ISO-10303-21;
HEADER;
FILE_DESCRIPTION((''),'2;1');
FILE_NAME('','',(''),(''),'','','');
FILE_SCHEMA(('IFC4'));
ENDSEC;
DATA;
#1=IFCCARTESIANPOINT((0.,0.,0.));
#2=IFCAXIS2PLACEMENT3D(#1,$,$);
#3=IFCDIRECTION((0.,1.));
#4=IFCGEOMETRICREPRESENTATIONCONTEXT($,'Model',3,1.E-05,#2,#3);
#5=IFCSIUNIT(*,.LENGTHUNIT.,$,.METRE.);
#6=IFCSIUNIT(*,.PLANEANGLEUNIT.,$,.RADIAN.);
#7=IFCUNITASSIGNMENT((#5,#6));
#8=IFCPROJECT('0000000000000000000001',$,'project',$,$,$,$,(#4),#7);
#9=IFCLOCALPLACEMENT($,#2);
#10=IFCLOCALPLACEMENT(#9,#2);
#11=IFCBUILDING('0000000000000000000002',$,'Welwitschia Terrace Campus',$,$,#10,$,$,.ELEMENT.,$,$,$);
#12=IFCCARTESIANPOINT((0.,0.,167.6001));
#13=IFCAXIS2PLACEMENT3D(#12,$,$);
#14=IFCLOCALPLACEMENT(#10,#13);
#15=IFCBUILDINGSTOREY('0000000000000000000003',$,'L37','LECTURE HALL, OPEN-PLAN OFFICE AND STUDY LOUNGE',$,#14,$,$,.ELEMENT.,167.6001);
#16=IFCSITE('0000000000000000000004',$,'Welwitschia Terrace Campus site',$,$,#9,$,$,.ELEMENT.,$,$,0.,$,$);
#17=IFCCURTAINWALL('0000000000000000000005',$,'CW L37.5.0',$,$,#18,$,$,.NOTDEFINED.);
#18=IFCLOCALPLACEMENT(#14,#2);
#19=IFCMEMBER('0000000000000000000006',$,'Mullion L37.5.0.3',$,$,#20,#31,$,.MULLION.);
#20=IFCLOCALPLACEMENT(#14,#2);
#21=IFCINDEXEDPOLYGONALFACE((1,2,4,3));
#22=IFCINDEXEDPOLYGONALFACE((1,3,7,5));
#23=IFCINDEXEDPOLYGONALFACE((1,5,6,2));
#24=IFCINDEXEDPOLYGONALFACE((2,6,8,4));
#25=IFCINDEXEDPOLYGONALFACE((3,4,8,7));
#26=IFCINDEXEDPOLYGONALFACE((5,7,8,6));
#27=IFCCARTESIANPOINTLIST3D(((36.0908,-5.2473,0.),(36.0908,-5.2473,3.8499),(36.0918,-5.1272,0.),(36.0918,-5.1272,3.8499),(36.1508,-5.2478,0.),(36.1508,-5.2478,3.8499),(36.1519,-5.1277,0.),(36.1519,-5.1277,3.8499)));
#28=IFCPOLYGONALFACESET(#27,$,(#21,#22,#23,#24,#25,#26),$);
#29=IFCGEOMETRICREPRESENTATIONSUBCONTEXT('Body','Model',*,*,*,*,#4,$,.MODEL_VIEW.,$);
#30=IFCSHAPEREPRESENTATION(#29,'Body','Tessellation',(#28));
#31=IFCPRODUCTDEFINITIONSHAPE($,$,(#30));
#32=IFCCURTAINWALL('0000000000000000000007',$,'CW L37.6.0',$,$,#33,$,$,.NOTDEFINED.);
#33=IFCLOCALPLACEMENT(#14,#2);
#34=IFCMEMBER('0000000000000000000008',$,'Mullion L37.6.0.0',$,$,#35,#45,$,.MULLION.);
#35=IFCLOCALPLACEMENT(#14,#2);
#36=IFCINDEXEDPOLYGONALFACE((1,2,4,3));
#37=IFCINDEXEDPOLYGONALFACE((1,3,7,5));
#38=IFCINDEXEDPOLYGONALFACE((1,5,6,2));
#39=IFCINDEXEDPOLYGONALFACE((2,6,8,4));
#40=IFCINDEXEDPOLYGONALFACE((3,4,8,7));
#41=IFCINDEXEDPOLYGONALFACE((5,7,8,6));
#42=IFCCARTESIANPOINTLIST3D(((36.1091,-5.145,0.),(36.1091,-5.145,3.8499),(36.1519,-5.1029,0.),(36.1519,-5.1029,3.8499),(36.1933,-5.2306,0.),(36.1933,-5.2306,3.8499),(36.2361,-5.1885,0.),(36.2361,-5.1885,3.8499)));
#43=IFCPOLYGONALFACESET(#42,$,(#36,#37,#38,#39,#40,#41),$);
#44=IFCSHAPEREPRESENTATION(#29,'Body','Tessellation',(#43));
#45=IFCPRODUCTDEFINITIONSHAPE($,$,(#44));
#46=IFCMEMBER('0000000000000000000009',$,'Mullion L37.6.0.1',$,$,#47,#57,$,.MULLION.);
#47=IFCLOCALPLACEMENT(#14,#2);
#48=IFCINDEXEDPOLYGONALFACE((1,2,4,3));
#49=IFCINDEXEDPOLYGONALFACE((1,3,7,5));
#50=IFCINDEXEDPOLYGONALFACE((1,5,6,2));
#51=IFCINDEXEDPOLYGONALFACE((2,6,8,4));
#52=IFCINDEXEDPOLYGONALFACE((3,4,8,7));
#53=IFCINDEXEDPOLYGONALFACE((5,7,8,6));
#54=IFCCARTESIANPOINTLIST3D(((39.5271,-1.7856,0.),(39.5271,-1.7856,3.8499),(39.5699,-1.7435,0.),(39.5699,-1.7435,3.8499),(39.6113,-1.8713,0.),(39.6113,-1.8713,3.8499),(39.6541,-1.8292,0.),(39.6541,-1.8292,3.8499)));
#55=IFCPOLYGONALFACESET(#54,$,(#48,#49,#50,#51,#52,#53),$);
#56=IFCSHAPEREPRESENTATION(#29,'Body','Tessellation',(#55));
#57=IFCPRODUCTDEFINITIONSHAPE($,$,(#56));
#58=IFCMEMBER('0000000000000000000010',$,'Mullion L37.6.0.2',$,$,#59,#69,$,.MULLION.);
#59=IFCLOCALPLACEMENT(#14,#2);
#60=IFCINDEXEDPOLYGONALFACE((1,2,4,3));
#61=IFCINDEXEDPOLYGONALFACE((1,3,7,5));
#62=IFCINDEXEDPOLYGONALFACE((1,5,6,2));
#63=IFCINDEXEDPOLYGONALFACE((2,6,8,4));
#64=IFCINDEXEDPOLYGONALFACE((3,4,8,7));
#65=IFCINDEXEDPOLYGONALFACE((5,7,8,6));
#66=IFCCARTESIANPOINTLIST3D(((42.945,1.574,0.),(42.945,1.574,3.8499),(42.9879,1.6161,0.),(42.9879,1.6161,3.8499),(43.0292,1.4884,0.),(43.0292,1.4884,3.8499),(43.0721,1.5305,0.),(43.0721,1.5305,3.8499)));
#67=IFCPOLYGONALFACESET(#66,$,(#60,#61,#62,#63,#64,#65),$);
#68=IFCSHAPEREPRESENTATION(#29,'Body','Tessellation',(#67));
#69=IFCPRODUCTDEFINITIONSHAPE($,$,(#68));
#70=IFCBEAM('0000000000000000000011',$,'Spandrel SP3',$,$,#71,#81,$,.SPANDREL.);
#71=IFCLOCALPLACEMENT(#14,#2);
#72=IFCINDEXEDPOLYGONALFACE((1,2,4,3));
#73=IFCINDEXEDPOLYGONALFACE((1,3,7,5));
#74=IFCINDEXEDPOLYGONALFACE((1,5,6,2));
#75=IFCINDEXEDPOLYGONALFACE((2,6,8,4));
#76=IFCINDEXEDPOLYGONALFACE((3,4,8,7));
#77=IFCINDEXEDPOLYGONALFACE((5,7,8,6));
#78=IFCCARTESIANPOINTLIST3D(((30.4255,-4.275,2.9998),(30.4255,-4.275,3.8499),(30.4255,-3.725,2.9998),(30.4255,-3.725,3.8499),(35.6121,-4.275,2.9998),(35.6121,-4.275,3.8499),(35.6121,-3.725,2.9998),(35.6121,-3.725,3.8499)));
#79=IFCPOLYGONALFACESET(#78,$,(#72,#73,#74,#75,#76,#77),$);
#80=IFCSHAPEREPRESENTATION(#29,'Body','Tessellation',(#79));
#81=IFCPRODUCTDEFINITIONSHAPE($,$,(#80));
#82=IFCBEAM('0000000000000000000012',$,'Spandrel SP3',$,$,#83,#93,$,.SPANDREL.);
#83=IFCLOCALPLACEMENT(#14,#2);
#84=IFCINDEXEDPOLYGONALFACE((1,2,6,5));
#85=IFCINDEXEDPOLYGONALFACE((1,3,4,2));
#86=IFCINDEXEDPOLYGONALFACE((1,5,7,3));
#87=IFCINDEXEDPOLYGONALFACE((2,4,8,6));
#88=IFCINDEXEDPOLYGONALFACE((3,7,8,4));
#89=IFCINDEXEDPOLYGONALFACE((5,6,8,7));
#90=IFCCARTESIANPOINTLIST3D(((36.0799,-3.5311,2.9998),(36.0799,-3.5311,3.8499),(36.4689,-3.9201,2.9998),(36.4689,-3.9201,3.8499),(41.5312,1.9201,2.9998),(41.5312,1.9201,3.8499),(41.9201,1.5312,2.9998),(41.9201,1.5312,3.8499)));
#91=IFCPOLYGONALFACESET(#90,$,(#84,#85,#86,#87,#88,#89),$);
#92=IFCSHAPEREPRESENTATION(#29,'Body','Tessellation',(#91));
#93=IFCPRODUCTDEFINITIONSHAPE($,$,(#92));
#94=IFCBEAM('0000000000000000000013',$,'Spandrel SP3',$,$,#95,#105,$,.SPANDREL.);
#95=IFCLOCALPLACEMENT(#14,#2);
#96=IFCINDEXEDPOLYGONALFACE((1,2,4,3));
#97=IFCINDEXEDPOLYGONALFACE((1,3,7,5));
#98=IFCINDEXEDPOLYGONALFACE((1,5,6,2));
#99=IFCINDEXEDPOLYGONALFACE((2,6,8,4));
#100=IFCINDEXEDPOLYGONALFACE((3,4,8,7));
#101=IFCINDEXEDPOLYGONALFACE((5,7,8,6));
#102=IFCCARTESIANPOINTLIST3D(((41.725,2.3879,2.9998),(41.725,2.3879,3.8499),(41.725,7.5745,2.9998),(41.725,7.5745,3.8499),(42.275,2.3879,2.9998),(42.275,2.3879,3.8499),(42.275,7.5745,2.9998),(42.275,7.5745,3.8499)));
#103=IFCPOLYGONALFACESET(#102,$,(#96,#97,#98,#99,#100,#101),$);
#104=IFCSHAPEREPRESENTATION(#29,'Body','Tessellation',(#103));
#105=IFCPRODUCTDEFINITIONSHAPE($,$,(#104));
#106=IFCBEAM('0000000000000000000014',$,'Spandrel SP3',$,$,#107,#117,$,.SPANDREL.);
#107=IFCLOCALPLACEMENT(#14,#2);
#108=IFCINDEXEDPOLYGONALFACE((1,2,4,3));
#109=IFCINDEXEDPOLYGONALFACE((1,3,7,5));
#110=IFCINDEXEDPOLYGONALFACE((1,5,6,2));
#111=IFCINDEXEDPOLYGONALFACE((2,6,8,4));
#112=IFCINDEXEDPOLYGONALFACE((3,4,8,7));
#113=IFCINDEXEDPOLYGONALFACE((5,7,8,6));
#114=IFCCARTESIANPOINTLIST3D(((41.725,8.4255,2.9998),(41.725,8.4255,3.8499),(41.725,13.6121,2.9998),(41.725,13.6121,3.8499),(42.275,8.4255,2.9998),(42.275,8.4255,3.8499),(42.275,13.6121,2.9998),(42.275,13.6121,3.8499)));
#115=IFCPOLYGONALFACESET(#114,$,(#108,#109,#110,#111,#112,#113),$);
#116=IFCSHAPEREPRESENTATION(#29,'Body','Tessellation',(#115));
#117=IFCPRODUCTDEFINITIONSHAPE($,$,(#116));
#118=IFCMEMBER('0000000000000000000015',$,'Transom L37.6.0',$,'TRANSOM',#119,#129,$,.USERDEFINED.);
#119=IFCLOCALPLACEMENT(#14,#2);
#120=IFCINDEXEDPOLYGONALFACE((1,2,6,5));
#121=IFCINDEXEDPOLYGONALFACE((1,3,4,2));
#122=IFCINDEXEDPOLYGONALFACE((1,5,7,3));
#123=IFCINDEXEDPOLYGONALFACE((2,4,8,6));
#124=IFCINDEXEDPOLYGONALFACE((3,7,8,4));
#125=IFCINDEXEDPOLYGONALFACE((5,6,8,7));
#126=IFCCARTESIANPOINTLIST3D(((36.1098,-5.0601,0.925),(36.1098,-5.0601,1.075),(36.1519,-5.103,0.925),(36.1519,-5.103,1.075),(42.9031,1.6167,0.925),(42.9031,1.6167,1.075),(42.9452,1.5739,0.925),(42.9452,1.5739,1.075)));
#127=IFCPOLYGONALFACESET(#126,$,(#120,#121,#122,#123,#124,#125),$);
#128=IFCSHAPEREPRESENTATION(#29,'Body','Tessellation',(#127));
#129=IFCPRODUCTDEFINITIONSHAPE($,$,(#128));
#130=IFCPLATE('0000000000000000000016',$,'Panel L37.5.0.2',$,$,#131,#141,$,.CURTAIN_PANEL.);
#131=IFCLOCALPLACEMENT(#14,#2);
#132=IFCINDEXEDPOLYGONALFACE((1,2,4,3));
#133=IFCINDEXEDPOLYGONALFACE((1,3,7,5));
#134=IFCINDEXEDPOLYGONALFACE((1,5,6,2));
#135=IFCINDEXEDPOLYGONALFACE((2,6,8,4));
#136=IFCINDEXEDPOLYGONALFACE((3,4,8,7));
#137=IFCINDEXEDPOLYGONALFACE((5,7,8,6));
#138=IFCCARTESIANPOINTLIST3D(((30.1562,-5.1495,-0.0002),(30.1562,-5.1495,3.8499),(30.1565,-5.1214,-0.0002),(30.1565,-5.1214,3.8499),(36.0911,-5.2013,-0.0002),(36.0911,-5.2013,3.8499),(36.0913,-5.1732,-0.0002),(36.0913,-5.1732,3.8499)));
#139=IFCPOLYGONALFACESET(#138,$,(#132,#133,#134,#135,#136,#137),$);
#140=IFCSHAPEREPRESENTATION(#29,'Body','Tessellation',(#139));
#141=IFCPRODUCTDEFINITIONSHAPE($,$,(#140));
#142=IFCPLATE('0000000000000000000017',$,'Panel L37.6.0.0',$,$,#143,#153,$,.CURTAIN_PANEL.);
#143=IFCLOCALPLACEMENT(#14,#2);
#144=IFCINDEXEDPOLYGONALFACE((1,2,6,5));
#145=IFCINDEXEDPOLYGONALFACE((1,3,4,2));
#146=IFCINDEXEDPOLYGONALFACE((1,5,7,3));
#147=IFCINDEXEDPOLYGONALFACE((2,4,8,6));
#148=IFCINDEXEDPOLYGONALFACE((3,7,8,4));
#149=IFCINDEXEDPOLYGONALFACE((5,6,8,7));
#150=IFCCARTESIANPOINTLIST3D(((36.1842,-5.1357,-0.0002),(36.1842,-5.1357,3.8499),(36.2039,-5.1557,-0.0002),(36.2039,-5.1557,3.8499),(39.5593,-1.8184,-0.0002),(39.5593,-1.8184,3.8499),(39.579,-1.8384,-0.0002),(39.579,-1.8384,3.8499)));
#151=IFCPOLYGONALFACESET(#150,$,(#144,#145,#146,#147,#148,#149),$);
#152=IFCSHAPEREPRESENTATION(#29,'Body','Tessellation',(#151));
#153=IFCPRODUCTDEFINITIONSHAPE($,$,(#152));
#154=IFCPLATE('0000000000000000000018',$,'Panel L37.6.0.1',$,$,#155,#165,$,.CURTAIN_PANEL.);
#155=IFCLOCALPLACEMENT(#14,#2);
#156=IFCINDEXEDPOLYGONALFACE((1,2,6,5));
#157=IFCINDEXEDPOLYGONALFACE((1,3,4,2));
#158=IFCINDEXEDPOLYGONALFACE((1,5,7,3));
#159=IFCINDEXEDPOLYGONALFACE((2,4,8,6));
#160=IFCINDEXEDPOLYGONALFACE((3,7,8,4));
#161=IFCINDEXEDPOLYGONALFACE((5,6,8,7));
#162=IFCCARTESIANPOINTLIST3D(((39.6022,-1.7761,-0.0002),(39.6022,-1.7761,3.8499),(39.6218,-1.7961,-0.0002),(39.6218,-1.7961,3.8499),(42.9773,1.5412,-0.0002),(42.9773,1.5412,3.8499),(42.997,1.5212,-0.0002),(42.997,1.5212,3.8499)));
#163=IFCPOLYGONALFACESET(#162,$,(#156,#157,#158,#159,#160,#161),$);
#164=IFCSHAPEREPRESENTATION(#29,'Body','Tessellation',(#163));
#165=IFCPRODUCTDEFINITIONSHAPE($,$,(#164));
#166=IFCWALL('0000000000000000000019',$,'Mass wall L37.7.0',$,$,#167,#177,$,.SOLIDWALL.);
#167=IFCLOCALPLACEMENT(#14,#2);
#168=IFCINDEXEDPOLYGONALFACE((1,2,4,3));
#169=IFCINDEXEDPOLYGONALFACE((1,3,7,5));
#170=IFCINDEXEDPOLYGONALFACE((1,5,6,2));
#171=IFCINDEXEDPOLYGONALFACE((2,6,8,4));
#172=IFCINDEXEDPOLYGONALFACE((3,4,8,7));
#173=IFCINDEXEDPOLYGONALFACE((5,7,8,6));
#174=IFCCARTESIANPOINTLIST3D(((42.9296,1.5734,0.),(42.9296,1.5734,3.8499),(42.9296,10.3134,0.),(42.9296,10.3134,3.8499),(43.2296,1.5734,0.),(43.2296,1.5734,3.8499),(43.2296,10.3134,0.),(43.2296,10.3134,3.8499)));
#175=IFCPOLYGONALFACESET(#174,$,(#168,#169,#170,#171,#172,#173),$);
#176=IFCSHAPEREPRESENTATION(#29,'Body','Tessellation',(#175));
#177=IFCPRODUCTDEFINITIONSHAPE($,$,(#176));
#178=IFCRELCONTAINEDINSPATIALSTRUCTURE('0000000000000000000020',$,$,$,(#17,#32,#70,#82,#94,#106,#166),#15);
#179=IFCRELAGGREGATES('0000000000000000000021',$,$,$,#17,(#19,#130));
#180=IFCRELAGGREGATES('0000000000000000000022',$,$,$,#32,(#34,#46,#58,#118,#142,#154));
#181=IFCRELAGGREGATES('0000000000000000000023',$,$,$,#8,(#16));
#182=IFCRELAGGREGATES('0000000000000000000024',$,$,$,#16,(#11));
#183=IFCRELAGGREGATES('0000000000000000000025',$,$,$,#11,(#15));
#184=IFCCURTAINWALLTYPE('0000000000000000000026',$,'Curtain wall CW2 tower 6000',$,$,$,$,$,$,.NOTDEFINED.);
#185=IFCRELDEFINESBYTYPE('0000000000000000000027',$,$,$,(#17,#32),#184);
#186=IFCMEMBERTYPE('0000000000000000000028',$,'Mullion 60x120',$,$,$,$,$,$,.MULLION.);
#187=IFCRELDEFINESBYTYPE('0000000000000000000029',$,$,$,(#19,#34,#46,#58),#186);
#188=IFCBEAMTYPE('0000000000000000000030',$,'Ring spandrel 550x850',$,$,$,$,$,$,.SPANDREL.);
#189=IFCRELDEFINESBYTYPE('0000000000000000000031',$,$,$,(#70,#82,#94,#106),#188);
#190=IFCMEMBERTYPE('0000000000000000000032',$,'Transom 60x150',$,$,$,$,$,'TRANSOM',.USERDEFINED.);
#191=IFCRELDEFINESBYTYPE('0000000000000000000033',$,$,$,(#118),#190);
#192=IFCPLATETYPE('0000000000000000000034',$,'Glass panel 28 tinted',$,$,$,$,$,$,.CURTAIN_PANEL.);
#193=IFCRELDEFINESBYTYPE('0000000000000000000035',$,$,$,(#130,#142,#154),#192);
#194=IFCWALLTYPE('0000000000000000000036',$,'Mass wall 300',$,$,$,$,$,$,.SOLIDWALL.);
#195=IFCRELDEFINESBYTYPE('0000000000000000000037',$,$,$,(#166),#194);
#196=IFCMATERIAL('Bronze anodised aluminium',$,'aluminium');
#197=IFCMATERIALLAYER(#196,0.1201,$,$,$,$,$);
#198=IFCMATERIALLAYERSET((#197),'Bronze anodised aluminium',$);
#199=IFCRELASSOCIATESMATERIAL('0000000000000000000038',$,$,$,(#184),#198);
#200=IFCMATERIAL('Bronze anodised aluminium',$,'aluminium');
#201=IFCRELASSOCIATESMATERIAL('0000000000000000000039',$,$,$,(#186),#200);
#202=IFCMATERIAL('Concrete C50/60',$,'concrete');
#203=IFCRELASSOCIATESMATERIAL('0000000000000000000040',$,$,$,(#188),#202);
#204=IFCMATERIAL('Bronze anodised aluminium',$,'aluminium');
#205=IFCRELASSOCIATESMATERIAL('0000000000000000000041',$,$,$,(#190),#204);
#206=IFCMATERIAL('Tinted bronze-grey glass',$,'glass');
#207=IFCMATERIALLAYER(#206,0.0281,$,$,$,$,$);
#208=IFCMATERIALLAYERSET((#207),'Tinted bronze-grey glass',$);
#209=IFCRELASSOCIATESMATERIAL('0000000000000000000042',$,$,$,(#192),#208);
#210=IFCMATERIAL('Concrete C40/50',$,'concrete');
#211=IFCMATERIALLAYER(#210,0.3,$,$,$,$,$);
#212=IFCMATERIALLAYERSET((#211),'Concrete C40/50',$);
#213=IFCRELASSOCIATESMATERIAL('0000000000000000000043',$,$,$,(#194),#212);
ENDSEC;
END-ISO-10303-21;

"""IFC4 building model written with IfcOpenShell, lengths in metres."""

from ifc_helpers import new_model, si_unit, direction, frame, frame_2d, origin, origin_2d, place, context, subcontext, project, spatial, rectangle, extrude, material, layer, layer_set, material_profile, profile_set, type_object, element, aggregate, save


model = new_model("IFC4")

# Units and contexts
model_context = context("Model", 3, precision=1e-05, world=origin(), true_north=direction((0.0, 1.0)))
body_context = subcontext(model_context, "Body", "Model", "MODEL_VIEW")
ifc_project = project(units=[si_unit("LENGTHUNIT", "METRE"), si_unit("PLANEANGLEUNIT", "RADIAN")], contexts=[model_context])

# Site, building, storey
site_placement = place(None, origin())
site = spatial("IfcSite", under=ifc_project, at=site_placement, Name="Welwitschia Terrace Campus site", CompositionType="ELEMENT", RefElevation=0.0)
building_placement = place(site_placement, origin())
building = spatial("IfcBuilding", under=site, at=building_placement, Name="Welwitschia Terrace Campus", CompositionType="ELEMENT")
storey_placement = place(building_placement, frame((0.0, 0.0, 167.6001)))
storey = spatial("IfcBuildingStorey", under=building, at=storey_placement, Name="L37", Description="LECTURE HALL, OPEN-PLAN OFFICE AND STUDY LOUNGE", CompositionType="ELEMENT", Elevation=167.6001)

# Curtain walls, members
ifc_material_1 = material(Name="Bronze anodised aluminium", Category="aluminium")
ifc_layer_1 = layer(ifc_material_1, 0.1201)
ifc_layer_set_1 = layer_set([ifc_layer_1], Name="Bronze anodised aluminium")
curtain_wall_type = type_object("IfcCurtainWallType", Name="Curtain wall CW2 tower 6000", PredefinedType="NOTDEFINED", material=ifc_layer_set_1)
curtain_wall_1_placement = place(storey_placement, origin())
curtain_wall_1 = element("IfcCurtainWall", 1, at=curtain_wall_1_placement, inside=storey, type_object=curtain_wall_type, Name="CW L37.5.0", PredefinedType="NOTDEFINED")
ifc_material_2 = material(Name="Bronze anodised aluminium", Category="aluminium")
ifc_material_profile_1 = material_profile(ifc_material_2, rectangle(XDim=0.1201, YDim=0.0601, at=origin_2d()))
ifc_profile_set_1 = profile_set([ifc_material_profile_1], Name="Bronze anodised aluminium")
member_type_1 = type_object("IfcMemberType", Name="Mullion 60x120", PredefinedType="MULLION", material=ifc_profile_set_1)
member_1_placement = place(storey_placement, frame((36.1213, -5.1875, 0.0), z_axis=(0.0, 0.0, 1.0), x_axis=(0.008727, 0.999962, 0.0)))
member_1 = element("IfcMember", 2, at=member_1_placement, type_object=member_type_1, Name="Mullion L37.5.0.3", PredefinedType="MULLION", context=body_context, shape_type="SweptSolid", body=[
    extrude(rectangle(XDim=0.1201, YDim=0.0601, at=origin_2d()), origin(), (0.0, 0.0, 1.0), 3.8499),
])
curtain_wall_2_placement = place(storey_placement, origin())
curtain_wall_2 = element("IfcCurtainWall", 3, at=curtain_wall_2_placement, inside=storey, type_object=curtain_wall_type, Name="CW L37.6.0", PredefinedType="NOTDEFINED")
member_2_placement = place(storey_placement, frame((36.1726, -5.1667, 0.0), z_axis=(0.0, 0.0, 1.0), x_axis=(-0.700973, 0.713188, 0.0)))
member_2 = element("IfcMember", 4, at=member_2_placement, type_object=member_type_1, Name="Mullion L37.6.0.0", PredefinedType="MULLION", context=body_context, shape_type="SweptSolid", body=[
    extrude(rectangle(XDim=0.1201, YDim=0.0601, at=origin_2d()), origin(), (0.0, 0.0, 1.0), 3.8499),
])
member_3_placement = place(storey_placement, frame((39.5906, -1.8074, 0.0), z_axis=(0.0, 0.0, 1.0), x_axis=(-0.700973, 0.713188, 0.0)))
member_3 = element("IfcMember", 5, at=member_3_placement, type_object=member_type_1, Name="Mullion L37.6.0.1", PredefinedType="MULLION", context=body_context, shape_type="SweptSolid", body=[
    extrude(rectangle(XDim=0.1201, YDim=0.0601, at=origin_2d()), origin(), (0.0, 0.0, 1.0), 3.8499),
])
member_4_placement = place(storey_placement, frame((43.0085, 1.5522, 0.0), z_axis=(0.0, 0.0, 1.0), x_axis=(-0.700973, 0.713188, 0.0)))
member_4 = element("IfcMember", 6, at=member_4_placement, type_object=member_type_1, Name="Mullion L37.6.0.2", PredefinedType="MULLION", context=body_context, shape_type="SweptSolid", body=[
    extrude(rectangle(XDim=0.1201, YDim=0.0601, at=origin_2d()), origin(), (0.0, 0.0, 1.0), 3.8499),
])

# Beams
ifc_material_3 = material(Name="Concrete C50/60", Category="concrete")
ifc_material_profile_2 = material_profile(ifc_material_3, rectangle(XDim=0.55, YDim=0.8501, at=origin_2d()))
ifc_profile_set_2 = profile_set([ifc_material_profile_2], Name="Concrete C50/60")
beam_type_1 = type_object("IfcBeamType", Name="Ring spandrel 550x850", PredefinedType="SPANDREL", material=ifc_profile_set_2)
beam_1_placement = place(storey_placement, frame((30.4255, -4.0, 3.4248), z_axis=(1.0, 0.0, 0.0), x_axis=(0.0, 1.0, 0.0)))
element("IfcBeam", 7, at=beam_1_placement, inside=storey, type_object=beam_type_1, Name="Spandrel SP3", PredefinedType="SPANDREL", context=body_context, shape_type="SweptSolid", body=[
    extrude(rectangle(XDim=0.55, YDim=0.8501, at=origin_2d()), origin(), (0.0, 0.0, 1.0), 5.1865),
])
beam_2_placement = place(storey_placement, frame((36.2744, -3.7256, 3.4248), z_axis=(0.707107, 0.707107, 0.0), x_axis=(-0.707107, 0.707107, 0.0)))
element("IfcBeam", 8, at=beam_2_placement, inside=storey, type_object=beam_type_1, Name="Spandrel SP3", PredefinedType="SPANDREL", context=body_context, shape_type="SweptSolid", body=[
    extrude(rectangle(XDim=0.55, YDim=0.8501, at=origin_2d()), origin(), (0.0, 0.0, 1.0), 7.7092),
])
for number, where, z_axis, x_axis, name in (
    (9, (42.0, 2.3879, 3.4248), (0.0, 1.0, 0.0), (-1.0, 0.0, 0.0), "Spandrel SP3"),
    (10, (42.0, 8.4255, 3.4248), (0.0, 1.0, 0.0), (-1.0, 0.0, 0.0), "Spandrel SP3"),
):
    element("IfcBeam", number, at=place(storey_placement, frame(where, z_axis=z_axis, x_axis=x_axis)), inside=storey, type_object=beam_type_1, Name=name, PredefinedType="SPANDREL", context=body_context, shape_type="SweptSolid", body=[
        extrude(rectangle(XDim=0.55, YDim=0.8501, at=origin_2d()), origin(), (0.0, 0.0, 1.0), 5.1865),
    ])

# Member
ifc_material_4 = material(Name="Bronze anodised aluminium", Category="aluminium")
ifc_material_profile_3 = material_profile(ifc_material_4, rectangle(XDim=0.0601, YDim=0.1499, at=origin_2d()))
ifc_profile_set_3 = profile_set([ifc_material_profile_3], Name="Bronze anodised aluminium")
member_type_2 = type_object("IfcMemberType", Name="Transom 60x150", ElementType="TRANSOM", PredefinedType="USERDEFINED", material=ifc_profile_set_3)
member_5_placement = place(storey_placement, frame((36.1309, -5.0815, 1.0), z_axis=(0.713193, 0.700967, 0.0), x_axis=(-0.700967, 0.713193, 0.0)))
member_5 = element("IfcMember", 11, at=member_5_placement, type_object=member_type_2, Name="Transom L37.6.0", ObjectType="TRANSOM", PredefinedType="USERDEFINED", context=body_context, shape_type="SweptSolid", body=[
    extrude(rectangle(XDim=0.0601, YDim=0.1499, at=origin_2d()), origin(), (0.0, 0.0, 1.0), 9.5251),
])

# Plates
ifc_material_5 = material(Name="Tinted bronze-grey glass", Category="glass")
ifc_layer_2 = layer(ifc_material_5, 0.0281)
ifc_layer_set_2 = layer_set([ifc_layer_2], Name="Tinted bronze-grey glass")
plate_type = type_object("IfcPlateType", Name="Glass panel 28 tinted", PredefinedType="CURTAIN_PANEL", material=ifc_layer_set_2)
plate_1_placement = place(storey_placement, frame((33.1238, -5.1614, -0.0002), z_axis=(0.0, 0.0, 1.0), x_axis=(0.999962, -0.008727, 0.0)))
plate_1 = element("IfcPlate", 12, at=plate_1_placement, type_object=plate_type, Name="Panel L37.5.0.2", PredefinedType="CURTAIN_PANEL", context=body_context, shape_type="SweptSolid", body=[
    extrude(rectangle(XDim=5.9351, YDim=0.0281, at=origin_2d()), origin(), (0.0, 0.0, 1.0), 3.8501),
])
aggregate(curtain_wall_1, [member_1, plate_1])
plate_2_placement = place(storey_placement, frame((37.8816, -3.4871, -0.0002), z_axis=(0.0, 0.0, 1.0), x_axis=(0.713188, 0.700973, 0.0)))
plate_2 = element("IfcPlate", 13, at=plate_2_placement, type_object=plate_type, Name="Panel L37.6.0.0", PredefinedType="CURTAIN_PANEL", context=body_context, shape_type="SweptSolid", body=[
    extrude(rectangle(XDim=4.7324, YDim=0.0281, at=origin_2d()), origin(), (0.0, 0.0, 1.0), 3.8501),
])
plate_3_placement = place(storey_placement, frame((41.2996, -0.1274, -0.0002), z_axis=(0.0, 0.0, 1.0), x_axis=(0.713188, 0.700973, 0.0)))
plate_3 = element("IfcPlate", 14, at=plate_3_placement, type_object=plate_type, Name="Panel L37.6.0.1", PredefinedType="CURTAIN_PANEL", context=body_context, shape_type="SweptSolid", body=[
    extrude(rectangle(XDim=4.7324, YDim=0.0281, at=origin_2d()), origin(), (0.0, 0.0, 1.0), 3.8501),
])
aggregate(curtain_wall_2, [member_2, member_3, member_4, member_5, plate_2, plate_3])

# Wall
ifc_material_6 = material(Name="Concrete C40/50", Category="concrete")
ifc_layer_3 = layer(ifc_material_6, 0.3)
ifc_layer_set_3 = layer_set([ifc_layer_3], Name="Concrete C40/50")
wall_type = type_object("IfcWallType", Name="Mass wall 300", PredefinedType="SOLIDWALL", material=ifc_layer_set_3)
wall_placement = place(storey_placement, frame((43.0796, 1.5732, 0.0), z_axis=(0.0, 0.0, 1.0), x_axis=(0.0, 1.0, 0.0)))
element("IfcWall", 15, at=wall_placement, inside=storey, type_object=wall_type, Name="Mass wall L37.7.0", PredefinedType="SOLIDWALL", context=body_context, shape_type="SweptSolid", body=[
    extrude(rectangle(XDim=8.74, YDim=0.3, at=frame_2d((4.3701, 0.0))), origin(), (0.0, 0.0, 1.0), 3.8499),
])

save(model, "model.ifc")
